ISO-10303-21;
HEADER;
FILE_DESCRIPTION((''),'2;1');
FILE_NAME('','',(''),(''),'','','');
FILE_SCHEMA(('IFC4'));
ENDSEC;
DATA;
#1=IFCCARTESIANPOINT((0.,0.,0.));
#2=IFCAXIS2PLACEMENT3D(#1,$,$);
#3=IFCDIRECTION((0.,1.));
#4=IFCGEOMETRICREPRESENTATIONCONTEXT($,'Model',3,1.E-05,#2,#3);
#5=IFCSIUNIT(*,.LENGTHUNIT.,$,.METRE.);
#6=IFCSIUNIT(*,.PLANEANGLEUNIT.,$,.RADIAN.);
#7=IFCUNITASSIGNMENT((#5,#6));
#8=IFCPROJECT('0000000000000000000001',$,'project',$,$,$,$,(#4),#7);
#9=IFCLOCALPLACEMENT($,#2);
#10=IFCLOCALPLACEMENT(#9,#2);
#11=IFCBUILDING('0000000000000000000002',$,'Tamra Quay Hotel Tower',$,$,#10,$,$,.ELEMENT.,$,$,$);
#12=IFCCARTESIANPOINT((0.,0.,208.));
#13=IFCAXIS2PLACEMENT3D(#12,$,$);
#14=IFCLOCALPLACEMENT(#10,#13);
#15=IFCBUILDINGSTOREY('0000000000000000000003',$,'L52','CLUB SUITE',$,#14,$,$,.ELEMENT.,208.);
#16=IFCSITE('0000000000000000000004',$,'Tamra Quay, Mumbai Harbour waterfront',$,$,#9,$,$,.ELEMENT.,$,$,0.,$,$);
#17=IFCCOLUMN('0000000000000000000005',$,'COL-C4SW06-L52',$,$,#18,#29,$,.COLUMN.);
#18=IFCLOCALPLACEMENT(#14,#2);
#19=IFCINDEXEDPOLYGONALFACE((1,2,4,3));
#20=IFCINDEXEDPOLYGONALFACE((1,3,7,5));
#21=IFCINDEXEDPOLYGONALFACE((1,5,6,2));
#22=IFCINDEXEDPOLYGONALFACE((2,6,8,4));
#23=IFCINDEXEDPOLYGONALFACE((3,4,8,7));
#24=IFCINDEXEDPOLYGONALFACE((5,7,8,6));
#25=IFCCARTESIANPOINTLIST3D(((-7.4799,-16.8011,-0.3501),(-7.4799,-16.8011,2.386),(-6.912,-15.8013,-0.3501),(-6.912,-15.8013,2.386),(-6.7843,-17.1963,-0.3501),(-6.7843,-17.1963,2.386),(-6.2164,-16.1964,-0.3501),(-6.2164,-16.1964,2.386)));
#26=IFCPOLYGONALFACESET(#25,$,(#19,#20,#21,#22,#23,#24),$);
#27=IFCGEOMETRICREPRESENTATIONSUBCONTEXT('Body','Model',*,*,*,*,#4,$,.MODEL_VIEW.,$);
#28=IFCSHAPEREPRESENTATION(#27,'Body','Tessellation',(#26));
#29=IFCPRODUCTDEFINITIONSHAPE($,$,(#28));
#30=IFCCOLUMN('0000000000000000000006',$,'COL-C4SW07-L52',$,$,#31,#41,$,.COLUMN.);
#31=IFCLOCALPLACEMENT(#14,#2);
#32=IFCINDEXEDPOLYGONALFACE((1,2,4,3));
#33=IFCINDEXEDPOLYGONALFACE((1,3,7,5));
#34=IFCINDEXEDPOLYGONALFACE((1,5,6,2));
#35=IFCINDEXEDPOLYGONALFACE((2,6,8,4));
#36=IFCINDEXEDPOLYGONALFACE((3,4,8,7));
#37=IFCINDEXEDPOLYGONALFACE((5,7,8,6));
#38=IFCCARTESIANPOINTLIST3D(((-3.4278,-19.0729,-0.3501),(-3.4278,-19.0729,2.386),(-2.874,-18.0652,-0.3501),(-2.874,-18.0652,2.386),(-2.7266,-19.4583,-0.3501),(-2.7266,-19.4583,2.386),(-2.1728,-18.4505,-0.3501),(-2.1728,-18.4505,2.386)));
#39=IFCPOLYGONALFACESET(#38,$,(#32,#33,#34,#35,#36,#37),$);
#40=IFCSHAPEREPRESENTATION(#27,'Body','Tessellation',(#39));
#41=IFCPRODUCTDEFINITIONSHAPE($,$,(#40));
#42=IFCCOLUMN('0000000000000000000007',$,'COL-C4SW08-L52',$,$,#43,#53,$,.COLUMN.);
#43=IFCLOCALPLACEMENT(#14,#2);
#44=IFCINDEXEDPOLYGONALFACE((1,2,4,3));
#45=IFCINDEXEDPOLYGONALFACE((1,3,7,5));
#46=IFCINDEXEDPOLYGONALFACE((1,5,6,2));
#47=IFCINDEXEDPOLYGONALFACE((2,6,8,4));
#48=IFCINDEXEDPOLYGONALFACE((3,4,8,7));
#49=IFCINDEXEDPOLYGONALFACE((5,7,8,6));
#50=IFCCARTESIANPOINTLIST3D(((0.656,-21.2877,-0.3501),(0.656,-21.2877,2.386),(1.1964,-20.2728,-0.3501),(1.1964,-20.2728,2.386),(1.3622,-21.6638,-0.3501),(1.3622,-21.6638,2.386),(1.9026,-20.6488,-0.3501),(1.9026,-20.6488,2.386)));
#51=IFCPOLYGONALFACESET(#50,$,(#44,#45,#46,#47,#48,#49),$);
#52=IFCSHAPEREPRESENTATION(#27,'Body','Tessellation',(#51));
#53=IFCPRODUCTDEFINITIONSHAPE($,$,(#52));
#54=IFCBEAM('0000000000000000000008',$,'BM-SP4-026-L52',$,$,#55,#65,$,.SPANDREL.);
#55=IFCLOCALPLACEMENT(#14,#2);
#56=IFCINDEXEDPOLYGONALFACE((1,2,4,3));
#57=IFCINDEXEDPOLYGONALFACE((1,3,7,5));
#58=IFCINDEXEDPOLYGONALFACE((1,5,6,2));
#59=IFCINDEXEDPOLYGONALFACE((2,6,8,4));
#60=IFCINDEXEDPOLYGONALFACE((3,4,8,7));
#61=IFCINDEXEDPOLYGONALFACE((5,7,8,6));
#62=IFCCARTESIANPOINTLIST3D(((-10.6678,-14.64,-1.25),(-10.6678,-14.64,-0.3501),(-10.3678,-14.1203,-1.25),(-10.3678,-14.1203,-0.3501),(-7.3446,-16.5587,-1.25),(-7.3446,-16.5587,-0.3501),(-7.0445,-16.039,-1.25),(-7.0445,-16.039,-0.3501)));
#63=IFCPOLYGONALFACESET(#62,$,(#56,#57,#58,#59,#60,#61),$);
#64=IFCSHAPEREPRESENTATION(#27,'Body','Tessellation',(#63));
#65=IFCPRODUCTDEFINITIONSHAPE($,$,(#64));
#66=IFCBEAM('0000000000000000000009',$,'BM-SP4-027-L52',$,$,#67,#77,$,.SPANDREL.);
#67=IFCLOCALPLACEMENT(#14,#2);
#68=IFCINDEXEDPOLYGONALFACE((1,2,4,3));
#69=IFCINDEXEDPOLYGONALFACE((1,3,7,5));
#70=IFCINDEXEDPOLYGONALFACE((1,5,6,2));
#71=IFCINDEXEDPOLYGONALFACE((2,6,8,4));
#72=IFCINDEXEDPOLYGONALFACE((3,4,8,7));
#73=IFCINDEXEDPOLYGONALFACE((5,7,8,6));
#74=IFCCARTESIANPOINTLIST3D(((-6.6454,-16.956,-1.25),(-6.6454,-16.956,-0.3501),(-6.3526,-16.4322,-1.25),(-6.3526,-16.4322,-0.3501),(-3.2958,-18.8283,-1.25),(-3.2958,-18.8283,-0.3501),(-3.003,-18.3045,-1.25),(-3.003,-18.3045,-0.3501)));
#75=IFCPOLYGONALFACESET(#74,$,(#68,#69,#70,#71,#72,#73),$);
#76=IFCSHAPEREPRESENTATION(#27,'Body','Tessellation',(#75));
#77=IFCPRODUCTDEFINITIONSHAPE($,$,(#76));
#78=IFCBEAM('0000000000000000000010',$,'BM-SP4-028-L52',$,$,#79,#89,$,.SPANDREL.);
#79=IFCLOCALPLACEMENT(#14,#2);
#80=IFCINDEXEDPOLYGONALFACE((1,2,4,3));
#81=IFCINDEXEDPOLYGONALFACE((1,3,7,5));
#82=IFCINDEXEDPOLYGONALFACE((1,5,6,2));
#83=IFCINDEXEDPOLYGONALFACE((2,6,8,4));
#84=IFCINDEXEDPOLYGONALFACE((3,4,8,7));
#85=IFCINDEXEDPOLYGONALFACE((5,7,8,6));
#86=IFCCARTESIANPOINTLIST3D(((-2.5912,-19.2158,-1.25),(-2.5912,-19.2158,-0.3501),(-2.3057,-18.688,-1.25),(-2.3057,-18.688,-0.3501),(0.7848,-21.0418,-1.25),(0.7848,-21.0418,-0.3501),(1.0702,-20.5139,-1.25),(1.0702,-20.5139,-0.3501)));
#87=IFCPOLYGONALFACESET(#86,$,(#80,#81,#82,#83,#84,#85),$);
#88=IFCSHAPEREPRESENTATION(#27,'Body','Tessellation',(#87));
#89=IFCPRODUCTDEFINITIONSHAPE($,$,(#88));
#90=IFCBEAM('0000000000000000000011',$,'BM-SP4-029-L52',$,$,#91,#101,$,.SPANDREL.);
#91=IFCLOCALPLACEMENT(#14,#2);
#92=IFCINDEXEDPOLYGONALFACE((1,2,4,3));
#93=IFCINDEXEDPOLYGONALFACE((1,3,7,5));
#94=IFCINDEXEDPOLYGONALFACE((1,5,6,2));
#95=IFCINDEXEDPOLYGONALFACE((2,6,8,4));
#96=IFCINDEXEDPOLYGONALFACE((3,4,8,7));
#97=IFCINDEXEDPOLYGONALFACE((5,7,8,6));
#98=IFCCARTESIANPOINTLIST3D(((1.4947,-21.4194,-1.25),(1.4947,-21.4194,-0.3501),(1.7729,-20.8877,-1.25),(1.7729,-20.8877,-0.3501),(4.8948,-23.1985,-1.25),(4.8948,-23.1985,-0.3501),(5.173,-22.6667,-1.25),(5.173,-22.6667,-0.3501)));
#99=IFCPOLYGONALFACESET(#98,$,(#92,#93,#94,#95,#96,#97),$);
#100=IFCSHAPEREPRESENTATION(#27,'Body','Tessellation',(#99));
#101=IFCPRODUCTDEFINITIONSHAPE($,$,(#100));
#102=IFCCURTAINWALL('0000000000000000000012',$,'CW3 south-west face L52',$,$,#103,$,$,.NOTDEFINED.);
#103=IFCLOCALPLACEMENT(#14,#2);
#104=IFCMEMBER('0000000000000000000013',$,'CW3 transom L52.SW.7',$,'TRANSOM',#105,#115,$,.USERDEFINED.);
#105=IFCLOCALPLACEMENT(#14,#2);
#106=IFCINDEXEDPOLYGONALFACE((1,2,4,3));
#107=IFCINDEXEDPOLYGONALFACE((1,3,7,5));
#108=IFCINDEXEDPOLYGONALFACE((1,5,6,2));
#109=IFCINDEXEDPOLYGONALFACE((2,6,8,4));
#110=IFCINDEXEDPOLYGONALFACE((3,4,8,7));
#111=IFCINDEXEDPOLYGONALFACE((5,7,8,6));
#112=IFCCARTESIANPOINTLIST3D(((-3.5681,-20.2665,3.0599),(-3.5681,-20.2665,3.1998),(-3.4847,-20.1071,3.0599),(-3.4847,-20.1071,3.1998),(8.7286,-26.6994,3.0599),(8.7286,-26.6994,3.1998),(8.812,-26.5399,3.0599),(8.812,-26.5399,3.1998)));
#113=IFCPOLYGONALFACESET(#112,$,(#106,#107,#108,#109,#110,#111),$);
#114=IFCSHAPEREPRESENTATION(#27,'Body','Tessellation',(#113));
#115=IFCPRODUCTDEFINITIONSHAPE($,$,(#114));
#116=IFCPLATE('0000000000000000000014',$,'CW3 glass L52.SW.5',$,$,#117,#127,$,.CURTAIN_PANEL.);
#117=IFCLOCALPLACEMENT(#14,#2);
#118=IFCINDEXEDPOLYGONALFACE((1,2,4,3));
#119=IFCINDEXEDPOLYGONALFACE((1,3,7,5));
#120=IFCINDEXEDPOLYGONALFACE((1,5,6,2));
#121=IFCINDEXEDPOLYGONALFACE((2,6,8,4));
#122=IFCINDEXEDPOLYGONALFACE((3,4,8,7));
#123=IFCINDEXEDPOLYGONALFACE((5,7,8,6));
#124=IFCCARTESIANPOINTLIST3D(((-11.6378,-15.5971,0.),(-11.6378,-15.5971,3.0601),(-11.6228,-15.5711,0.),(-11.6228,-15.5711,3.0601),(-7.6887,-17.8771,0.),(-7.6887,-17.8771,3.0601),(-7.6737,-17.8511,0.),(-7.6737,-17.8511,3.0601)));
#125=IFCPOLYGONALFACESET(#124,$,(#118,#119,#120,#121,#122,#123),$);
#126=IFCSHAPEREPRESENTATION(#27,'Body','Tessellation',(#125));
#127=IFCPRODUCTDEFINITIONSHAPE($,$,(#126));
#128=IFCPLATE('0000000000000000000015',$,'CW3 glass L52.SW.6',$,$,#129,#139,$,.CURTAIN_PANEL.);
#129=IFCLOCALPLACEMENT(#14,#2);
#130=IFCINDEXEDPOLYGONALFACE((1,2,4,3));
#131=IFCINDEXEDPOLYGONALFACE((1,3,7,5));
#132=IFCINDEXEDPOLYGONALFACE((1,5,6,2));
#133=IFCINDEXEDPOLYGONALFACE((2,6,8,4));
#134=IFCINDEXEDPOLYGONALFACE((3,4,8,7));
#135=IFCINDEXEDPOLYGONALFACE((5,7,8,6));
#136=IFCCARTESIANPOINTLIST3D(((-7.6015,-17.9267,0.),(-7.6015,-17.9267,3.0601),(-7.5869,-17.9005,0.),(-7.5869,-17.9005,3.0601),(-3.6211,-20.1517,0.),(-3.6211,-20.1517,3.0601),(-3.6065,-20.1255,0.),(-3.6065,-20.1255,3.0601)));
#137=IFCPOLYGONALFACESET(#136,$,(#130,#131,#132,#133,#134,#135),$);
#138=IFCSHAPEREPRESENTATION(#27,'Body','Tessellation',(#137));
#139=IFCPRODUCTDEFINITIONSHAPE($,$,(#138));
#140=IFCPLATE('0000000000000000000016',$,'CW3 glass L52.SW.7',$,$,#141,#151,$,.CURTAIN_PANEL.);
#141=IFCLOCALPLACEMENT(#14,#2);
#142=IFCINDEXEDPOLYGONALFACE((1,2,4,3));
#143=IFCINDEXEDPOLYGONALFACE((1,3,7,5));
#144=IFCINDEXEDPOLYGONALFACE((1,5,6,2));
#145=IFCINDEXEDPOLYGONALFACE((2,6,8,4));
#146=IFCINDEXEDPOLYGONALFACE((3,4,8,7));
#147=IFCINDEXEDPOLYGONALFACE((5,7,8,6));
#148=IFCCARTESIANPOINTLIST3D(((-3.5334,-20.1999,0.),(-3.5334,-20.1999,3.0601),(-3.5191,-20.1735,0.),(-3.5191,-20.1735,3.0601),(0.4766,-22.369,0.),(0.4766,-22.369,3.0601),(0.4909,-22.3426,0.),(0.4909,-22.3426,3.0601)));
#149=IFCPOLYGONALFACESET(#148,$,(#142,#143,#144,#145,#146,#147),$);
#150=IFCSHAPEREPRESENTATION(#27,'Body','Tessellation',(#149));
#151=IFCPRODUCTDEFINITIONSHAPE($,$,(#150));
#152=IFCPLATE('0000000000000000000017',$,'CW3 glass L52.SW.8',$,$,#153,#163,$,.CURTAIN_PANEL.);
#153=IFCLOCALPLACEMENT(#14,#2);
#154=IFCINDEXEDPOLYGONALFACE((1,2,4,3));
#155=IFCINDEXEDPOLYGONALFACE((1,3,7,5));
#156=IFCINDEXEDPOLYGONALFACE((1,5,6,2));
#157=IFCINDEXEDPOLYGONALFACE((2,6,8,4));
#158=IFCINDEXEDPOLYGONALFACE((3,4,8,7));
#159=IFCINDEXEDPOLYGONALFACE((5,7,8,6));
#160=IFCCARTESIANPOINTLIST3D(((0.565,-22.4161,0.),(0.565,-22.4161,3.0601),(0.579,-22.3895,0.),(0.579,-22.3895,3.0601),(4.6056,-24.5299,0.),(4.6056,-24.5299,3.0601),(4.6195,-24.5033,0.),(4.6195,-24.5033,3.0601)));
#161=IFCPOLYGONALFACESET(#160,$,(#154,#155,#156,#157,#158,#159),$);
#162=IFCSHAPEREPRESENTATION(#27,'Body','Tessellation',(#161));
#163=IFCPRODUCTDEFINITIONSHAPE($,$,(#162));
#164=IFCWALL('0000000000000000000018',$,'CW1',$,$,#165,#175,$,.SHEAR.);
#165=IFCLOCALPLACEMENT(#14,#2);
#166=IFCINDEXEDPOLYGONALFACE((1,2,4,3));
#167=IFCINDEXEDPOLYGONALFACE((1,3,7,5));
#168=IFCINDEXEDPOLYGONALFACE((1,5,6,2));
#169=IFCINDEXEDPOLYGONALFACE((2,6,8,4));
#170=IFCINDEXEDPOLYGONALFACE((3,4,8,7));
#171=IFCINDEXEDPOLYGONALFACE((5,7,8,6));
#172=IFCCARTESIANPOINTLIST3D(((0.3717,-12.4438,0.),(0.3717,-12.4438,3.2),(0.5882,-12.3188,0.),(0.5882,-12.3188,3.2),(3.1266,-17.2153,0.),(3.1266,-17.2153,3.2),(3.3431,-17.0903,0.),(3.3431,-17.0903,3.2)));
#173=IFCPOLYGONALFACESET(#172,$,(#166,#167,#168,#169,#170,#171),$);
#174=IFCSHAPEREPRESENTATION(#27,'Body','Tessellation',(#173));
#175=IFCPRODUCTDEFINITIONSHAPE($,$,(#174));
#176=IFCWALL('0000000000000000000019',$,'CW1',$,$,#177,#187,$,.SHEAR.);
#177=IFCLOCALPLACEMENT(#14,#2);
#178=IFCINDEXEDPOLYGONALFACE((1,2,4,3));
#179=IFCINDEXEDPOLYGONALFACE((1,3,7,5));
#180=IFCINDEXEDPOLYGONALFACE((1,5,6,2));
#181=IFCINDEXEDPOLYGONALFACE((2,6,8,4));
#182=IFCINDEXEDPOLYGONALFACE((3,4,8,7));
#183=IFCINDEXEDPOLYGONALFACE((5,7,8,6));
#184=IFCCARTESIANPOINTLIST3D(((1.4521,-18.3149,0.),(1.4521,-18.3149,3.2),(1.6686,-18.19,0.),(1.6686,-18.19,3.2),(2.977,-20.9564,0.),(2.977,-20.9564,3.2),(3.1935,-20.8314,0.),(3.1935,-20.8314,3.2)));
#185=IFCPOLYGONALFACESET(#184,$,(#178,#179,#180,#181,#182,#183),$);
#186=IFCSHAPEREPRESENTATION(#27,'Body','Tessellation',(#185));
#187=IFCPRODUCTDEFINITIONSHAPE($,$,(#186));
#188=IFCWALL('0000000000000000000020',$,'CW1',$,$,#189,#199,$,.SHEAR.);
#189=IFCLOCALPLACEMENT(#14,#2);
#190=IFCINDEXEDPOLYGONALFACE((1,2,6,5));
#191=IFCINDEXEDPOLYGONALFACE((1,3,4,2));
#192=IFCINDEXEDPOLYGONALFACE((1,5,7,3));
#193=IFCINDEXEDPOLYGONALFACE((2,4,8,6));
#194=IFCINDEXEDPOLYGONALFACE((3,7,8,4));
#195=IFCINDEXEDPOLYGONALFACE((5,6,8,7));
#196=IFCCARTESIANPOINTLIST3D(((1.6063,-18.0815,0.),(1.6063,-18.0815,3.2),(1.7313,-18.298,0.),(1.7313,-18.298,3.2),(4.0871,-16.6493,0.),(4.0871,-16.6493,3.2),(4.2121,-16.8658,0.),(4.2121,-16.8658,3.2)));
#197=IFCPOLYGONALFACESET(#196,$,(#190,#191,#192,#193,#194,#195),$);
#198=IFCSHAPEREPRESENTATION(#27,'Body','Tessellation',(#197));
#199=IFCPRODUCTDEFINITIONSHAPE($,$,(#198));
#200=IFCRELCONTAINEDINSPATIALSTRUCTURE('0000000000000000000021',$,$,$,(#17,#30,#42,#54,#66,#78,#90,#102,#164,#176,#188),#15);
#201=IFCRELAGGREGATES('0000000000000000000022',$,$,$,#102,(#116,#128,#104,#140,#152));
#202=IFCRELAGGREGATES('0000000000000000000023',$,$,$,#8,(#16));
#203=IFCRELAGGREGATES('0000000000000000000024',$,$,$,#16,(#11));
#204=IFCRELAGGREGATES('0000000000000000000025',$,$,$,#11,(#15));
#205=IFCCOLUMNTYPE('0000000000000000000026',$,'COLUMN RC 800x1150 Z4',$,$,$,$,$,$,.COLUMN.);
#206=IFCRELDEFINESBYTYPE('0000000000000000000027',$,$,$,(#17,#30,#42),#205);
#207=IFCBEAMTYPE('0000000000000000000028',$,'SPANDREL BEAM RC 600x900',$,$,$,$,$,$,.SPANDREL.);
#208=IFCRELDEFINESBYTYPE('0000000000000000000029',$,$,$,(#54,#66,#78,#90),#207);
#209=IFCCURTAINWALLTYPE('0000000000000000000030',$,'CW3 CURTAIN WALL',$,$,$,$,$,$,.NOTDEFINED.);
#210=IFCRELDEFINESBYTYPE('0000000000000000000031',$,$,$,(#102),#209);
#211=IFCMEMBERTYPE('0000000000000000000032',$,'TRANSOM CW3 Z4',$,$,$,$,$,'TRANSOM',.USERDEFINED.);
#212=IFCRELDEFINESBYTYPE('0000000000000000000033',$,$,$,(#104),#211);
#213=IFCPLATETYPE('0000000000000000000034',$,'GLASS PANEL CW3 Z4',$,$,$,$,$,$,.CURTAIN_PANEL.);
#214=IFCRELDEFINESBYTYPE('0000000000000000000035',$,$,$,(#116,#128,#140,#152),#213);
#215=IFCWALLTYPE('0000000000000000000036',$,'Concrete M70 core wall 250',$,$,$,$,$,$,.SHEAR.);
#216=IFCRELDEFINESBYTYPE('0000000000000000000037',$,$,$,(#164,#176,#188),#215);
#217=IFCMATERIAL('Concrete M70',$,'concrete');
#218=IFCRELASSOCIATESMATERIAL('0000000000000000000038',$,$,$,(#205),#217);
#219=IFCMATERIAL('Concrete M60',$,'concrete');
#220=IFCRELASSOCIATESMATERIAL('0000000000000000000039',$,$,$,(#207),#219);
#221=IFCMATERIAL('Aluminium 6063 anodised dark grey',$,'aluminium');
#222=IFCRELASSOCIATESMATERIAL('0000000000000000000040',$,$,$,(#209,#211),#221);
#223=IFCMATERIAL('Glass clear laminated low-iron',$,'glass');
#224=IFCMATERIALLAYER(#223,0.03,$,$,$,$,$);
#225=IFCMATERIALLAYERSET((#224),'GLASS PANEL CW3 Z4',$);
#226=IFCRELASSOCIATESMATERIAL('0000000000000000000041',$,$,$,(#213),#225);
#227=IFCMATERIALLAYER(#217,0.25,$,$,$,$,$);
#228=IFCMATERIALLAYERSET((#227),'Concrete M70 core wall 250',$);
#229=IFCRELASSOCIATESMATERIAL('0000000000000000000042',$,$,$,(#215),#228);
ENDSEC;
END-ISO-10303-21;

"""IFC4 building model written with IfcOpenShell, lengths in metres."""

from ifc_helpers import new_model, si_unit, direction, frame, frame_2d, origin, origin_2d, place, context, subcontext, project, spatial, rectangle, extrude, material, layer, layer_set, material_profile, profile_set, type_object, element, aggregate, save


model = new_model("IFC4")

# Units and contexts
model_context = context("Model", 3, precision=1e-05, world=origin(), true_north=direction((0.0, 1.0)))
body_context = subcontext(model_context, "Body", "Model", "MODEL_VIEW")
ifc_project = project(units=[si_unit("LENGTHUNIT", "METRE"), si_unit("PLANEANGLEUNIT", "RADIAN")], contexts=[model_context])

# Site, building, storey
site_placement = place(None, origin())
site = spatial("IfcSite", under=ifc_project, at=site_placement, Name="Tamra Quay, Mumbai Harbour waterfront", CompositionType="ELEMENT", RefElevation=0.0)
building_placement = place(site_placement, origin())
building = spatial("IfcBuilding", under=site, at=building_placement, Name="Tamra Quay Hotel Tower", CompositionType="ELEMENT")
storey_placement = place(building_placement, frame((0.0, 0.0, 208.0)))
storey = spatial("IfcBuildingStorey", under=building, at=storey_placement, Name="L52", Description="CLUB SUITE", CompositionType="ELEMENT", Elevation=208.0)

# Columns
ifc_material_1 = material(Name="Concrete M70", Category="concrete")
ifc_material_profile_1 = material_profile(ifc_material_1, rectangle(XDim=1.1499, YDim=0.8, at=origin_2d()), Name="COLUMN RC 800x1150 Z4")
ifc_profile_set_1 = profile_set([ifc_material_profile_1], Name="Concrete M70")
column_type = type_object("IfcColumnType", Name="COLUMN RC 800x1150 Z4", PredefinedType="COLUMN", material=ifc_profile_set_1)
for number, where, z_axis, x_axis, name in (
    (1, (-6.8481, -16.4988, -0.3501), (0.0, 0.0, 1.0), (0.49389, 0.869524, 0.0), "COL-C4SW06-L52"),
    (2, (-2.8003, -18.7617, -0.3501), (0.0, 0.0, 1.0), (0.481602, 0.87639, 0.0), "COL-C4SW07-L52"),
    (3, (1.2793, -20.9683, -0.3501), (0.0, 0.0, 1.0), (0.470002, 0.882666, 0.0), "COL-C4SW08-L52"),
):
    element("IfcColumn", number, at=place(storey_placement, frame(where, z_axis=z_axis, x_axis=x_axis)), inside=storey, type_object=column_type, Name=name, PredefinedType="COLUMN", context=body_context, shape_type="SweptSolid", body=[
        extrude(rectangle(XDim=1.1499, YDim=0.8, at=origin_2d()), origin(), (0.0, 0.0, 1.0), 2.7361),
    ])

# Beams
ifc_material_2 = material(Name="Concrete M60", Category="concrete")
ifc_material_profile_2 = material_profile(ifc_material_2, rectangle(XDim=0.6001, YDim=0.8999, at=origin_2d()), Name="SPANDREL BEAM RC 600x900")
ifc_profile_set_2 = profile_set([ifc_material_profile_2], Name="Concrete M60")
beam_type = type_object("IfcBeamType", Name="SPANDREL BEAM RC 600x900", PredefinedType="SPANDREL", material=ifc_profile_set_2)
for number, where, z_axis, x_axis, name in (
    (4, (-10.5178, -14.3801, -0.8), (0.866022, -0.500005, 0.0), (0.500005, 0.866022, 0.0), "BM-SP4-026-L52"),
    (5, (-6.499, -16.6941, -0.8), (0.872891, -0.487915, 0.0), (0.487915, 0.872891, 0.0), "BM-SP4-027-L52"),
):
    element("IfcBeam", number, at=place(storey_placement, frame(where, z_axis=z_axis, x_axis=x_axis)), inside=storey, type_object=beam_type, Name=name, PredefinedType="SPANDREL", context=body_context, shape_type="SweptSolid", body=[
        extrude(rectangle(XDim=0.6001, YDim=0.8999, at=origin_2d()), origin(), (0.0, 0.0, 1.0), 3.8374),
    ])
beam_1_placement = place(storey_placement, frame((-2.4485, -18.9519, -0.8), z_axis=(0.879589, -0.475734, 0.0), x_axis=(0.475734, 0.879589, 0.0)))
element("IfcBeam", 6, at=beam_1_placement, inside=storey, type_object=beam_type, Name="BM-SP4-028-L52", PredefinedType="SPANDREL", context=body_context, shape_type="SweptSolid", body=[
    extrude(rectangle(XDim=0.6001, YDim=0.8999, at=origin_2d()), origin(), (0.0, 0.0, 1.0), 3.8381),
])
beam_2_placement = place(storey_placement, frame((1.6338, -21.1536, -0.8), z_axis=(0.886043, -0.463603, 0.0), x_axis=(0.463603, 0.886043, 0.0)))
element("IfcBeam", 7, at=beam_2_placement, inside=storey, type_object=beam_type, Name="BM-SP4-029-L52", PredefinedType="SPANDREL", context=body_context, shape_type="SweptSolid", body=[
    extrude(rectangle(XDim=0.6001, YDim=0.8999, at=origin_2d()), origin(), (0.0, 0.0, 1.0), 3.8374),
])

# Curtain wall, member, plates
ifc_material_3 = material(Name="Aluminium 6063 anodised dark grey", Category="aluminium")
curtain_wall_type = type_object("IfcCurtainWallType", Name="CW3 CURTAIN WALL", PredefinedType="NOTDEFINED", material=ifc_material_3)
curtain_wall_placement = place(storey_placement, origin())
curtain_wall = element("IfcCurtainWall", 8, at=curtain_wall_placement, inside=storey, type_object=curtain_wall_type, Name="CW3 south-west face L52", PredefinedType="NOTDEFINED")
ifc_material_profile_3 = material_profile(ifc_material_3, rectangle(XDim=0.1799, YDim=0.1399, at=origin_2d()), Name="TRANSOM 180X140")
ifc_profile_set_3 = profile_set([ifc_material_profile_3], Name="Aluminium 6063 anodised dark grey")
member_type = type_object("IfcMemberType", Name="TRANSOM CW3 Z4", ElementType="TRANSOM", PredefinedType="USERDEFINED", material=ifc_profile_set_3)
member_placement = place(storey_placement, frame((-3.5264, -20.1868, 3.1299), z_axis=(0.886075, -0.463542, 0.0), x_axis=(0.463542, 0.886075, 0.0)))
member = element("IfcMember", 9, at=member_placement, type_object=member_type, Name="CW3 transom L52.SW.7", ObjectType="TRANSOM", PredefinedType="USERDEFINED", context=body_context, shape_type="SweptSolid", body=[
    extrude(rectangle(XDim=0.1799, YDim=0.1399, at=origin_2d()), origin(), (0.0, 0.0, 1.0), 13.8777),
])
ifc_material_4 = material(Name="Glass clear laminated low-iron", Category="glass")
ifc_layer_1 = layer(ifc_material_4, 0.03)
ifc_layer_set_1 = layer_set([ifc_layer_1], Name="GLASS PANEL CW3 Z4")
plate_type = type_object("IfcPlateType", Name="GLASS PANEL CW3 Z4", PredefinedType="CURTAIN_PANEL", material=ifc_layer_set_1)
plate_1_placement = place(storey_placement, frame((-9.6558, -16.7241, 0.0), z_axis=(0.0, 0.0, 1.0), x_axis=(0.866025, -0.5, 0.0)))
plate_1 = element("IfcPlate", 10, at=plate_1_placement, type_object=plate_type, Name="CW3 glass L52.SW.5", PredefinedType="CURTAIN_PANEL", context=body_context, shape_type="SweptSolid", body=[
    extrude(rectangle(XDim=4.5601, YDim=0.03, at=origin_2d()), origin(), (0.0, 0.0, 1.0), 3.0601),
])
plate_2_placement = place(storey_placement, frame((-5.604, -19.0261, 0.0), z_axis=(0.0, 0.0, 1.0), x_axis=(0.872885, -0.487926, 0.0)))
plate_2 = element("IfcPlate", 11, at=plate_2_placement, type_object=plate_type, Name="CW3 glass L52.SW.6", PredefinedType="CURTAIN_PANEL", context=body_context, shape_type="SweptSolid", body=[
    extrude(rectangle(XDim=4.5601, YDim=0.03, at=origin_2d()), origin(), (0.0, 0.0, 1.0), 3.0601),
])
plate_3_placement = place(storey_placement, frame((-1.5212, -21.2712, 0.0), z_axis=(0.0, 0.0, 1.0), x_axis=(0.879569, -0.475772, 0.0)))
plate_3 = element("IfcPlate", 12, at=plate_3_placement, type_object=plate_type, Name="CW3 glass L52.SW.7", PredefinedType="CURTAIN_PANEL", context=body_context, shape_type="SweptSolid", body=[
    extrude(rectangle(XDim=4.5591, YDim=0.03, at=origin_2d()), origin(), (0.0, 0.0, 1.0), 3.0601),
])
plate_4_placement = place(storey_placement, frame((2.5923, -23.4597, 0.0), z_axis=(0.0, 0.0, 1.0), x_axis=(0.886076, -0.463541, 0.0)))
plate_4 = element("IfcPlate", 13, at=plate_4_placement, type_object=plate_type, Name="CW3 glass L52.SW.8", PredefinedType="CURTAIN_PANEL", context=body_context, shape_type="SweptSolid", body=[
    extrude(rectangle(XDim=4.5601, YDim=0.03, at=origin_2d()), origin(), (0.0, 0.0, 1.0), 3.0601),
])
aggregate(curtain_wall, [plate_1, plate_2, member, plate_3, plate_4])

# Walls
ifc_layer_2 = layer(ifc_material_1, 0.25)
ifc_layer_set_2 = layer_set([ifc_layer_2], Name="Concrete M70 core wall 250")
wall_type_1 = type_object("IfcWallType", Name="Concrete M70 core wall 250", PredefinedType="SHEAR", material=ifc_layer_set_2)
wall_1_placement = place(storey_placement, frame((3.2349, -17.1528, 0.0), z_axis=(0.0, 0.0, 1.0), x_axis=(-0.500009, 0.86602, 0.0)))
element("IfcWall", 14, at=wall_1_placement, inside=storey, type_object=wall_type_1, Name="CW1", PredefinedType="SHEAR", context=body_context, shape_type="SweptSolid", body=[
    extrude(rectangle(XDim=5.5098, YDim=0.25, at=frame_2d((2.7549, 0.0))), origin(), (0.0, 0.0, 1.0), 3.2),
])
wall_2_placement = place(storey_placement, frame((3.0852, -20.8938, 0.0), z_axis=(0.0, 0.0, 1.0), x_axis=(-0.499979, 0.866038, 0.0)))
element("IfcWall", 15, at=wall_2_placement, inside=storey, type_object=wall_type_1, Name="CW1", PredefinedType="SHEAR", context=body_context, shape_type="SweptSolid", body=[
    extrude(rectangle(XDim=3.05, YDim=0.25, at=frame_2d((1.5249, 0.0))), origin(), (0.0, 0.0, 1.0), 3.2),
])
wall_3_placement = place(storey_placement, frame((1.6689, -18.1897, 0.0), z_axis=(0.0, 0.0, 1.0), x_axis=(0.866042, 0.499971, 0.0)))
element("IfcWall", 16, at=wall_3_placement, inside=storey, type_object=wall_type_1, Name="CW1", PredefinedType="SHEAR", context=body_context, shape_type="SweptSolid", body=[
    extrude(rectangle(XDim=2.8645, YDim=0.25, at=frame_2d((1.4321, 0.0))), origin(), (0.0, 0.0, 1.0), 3.2),
])

save(model, "model.ifc")
